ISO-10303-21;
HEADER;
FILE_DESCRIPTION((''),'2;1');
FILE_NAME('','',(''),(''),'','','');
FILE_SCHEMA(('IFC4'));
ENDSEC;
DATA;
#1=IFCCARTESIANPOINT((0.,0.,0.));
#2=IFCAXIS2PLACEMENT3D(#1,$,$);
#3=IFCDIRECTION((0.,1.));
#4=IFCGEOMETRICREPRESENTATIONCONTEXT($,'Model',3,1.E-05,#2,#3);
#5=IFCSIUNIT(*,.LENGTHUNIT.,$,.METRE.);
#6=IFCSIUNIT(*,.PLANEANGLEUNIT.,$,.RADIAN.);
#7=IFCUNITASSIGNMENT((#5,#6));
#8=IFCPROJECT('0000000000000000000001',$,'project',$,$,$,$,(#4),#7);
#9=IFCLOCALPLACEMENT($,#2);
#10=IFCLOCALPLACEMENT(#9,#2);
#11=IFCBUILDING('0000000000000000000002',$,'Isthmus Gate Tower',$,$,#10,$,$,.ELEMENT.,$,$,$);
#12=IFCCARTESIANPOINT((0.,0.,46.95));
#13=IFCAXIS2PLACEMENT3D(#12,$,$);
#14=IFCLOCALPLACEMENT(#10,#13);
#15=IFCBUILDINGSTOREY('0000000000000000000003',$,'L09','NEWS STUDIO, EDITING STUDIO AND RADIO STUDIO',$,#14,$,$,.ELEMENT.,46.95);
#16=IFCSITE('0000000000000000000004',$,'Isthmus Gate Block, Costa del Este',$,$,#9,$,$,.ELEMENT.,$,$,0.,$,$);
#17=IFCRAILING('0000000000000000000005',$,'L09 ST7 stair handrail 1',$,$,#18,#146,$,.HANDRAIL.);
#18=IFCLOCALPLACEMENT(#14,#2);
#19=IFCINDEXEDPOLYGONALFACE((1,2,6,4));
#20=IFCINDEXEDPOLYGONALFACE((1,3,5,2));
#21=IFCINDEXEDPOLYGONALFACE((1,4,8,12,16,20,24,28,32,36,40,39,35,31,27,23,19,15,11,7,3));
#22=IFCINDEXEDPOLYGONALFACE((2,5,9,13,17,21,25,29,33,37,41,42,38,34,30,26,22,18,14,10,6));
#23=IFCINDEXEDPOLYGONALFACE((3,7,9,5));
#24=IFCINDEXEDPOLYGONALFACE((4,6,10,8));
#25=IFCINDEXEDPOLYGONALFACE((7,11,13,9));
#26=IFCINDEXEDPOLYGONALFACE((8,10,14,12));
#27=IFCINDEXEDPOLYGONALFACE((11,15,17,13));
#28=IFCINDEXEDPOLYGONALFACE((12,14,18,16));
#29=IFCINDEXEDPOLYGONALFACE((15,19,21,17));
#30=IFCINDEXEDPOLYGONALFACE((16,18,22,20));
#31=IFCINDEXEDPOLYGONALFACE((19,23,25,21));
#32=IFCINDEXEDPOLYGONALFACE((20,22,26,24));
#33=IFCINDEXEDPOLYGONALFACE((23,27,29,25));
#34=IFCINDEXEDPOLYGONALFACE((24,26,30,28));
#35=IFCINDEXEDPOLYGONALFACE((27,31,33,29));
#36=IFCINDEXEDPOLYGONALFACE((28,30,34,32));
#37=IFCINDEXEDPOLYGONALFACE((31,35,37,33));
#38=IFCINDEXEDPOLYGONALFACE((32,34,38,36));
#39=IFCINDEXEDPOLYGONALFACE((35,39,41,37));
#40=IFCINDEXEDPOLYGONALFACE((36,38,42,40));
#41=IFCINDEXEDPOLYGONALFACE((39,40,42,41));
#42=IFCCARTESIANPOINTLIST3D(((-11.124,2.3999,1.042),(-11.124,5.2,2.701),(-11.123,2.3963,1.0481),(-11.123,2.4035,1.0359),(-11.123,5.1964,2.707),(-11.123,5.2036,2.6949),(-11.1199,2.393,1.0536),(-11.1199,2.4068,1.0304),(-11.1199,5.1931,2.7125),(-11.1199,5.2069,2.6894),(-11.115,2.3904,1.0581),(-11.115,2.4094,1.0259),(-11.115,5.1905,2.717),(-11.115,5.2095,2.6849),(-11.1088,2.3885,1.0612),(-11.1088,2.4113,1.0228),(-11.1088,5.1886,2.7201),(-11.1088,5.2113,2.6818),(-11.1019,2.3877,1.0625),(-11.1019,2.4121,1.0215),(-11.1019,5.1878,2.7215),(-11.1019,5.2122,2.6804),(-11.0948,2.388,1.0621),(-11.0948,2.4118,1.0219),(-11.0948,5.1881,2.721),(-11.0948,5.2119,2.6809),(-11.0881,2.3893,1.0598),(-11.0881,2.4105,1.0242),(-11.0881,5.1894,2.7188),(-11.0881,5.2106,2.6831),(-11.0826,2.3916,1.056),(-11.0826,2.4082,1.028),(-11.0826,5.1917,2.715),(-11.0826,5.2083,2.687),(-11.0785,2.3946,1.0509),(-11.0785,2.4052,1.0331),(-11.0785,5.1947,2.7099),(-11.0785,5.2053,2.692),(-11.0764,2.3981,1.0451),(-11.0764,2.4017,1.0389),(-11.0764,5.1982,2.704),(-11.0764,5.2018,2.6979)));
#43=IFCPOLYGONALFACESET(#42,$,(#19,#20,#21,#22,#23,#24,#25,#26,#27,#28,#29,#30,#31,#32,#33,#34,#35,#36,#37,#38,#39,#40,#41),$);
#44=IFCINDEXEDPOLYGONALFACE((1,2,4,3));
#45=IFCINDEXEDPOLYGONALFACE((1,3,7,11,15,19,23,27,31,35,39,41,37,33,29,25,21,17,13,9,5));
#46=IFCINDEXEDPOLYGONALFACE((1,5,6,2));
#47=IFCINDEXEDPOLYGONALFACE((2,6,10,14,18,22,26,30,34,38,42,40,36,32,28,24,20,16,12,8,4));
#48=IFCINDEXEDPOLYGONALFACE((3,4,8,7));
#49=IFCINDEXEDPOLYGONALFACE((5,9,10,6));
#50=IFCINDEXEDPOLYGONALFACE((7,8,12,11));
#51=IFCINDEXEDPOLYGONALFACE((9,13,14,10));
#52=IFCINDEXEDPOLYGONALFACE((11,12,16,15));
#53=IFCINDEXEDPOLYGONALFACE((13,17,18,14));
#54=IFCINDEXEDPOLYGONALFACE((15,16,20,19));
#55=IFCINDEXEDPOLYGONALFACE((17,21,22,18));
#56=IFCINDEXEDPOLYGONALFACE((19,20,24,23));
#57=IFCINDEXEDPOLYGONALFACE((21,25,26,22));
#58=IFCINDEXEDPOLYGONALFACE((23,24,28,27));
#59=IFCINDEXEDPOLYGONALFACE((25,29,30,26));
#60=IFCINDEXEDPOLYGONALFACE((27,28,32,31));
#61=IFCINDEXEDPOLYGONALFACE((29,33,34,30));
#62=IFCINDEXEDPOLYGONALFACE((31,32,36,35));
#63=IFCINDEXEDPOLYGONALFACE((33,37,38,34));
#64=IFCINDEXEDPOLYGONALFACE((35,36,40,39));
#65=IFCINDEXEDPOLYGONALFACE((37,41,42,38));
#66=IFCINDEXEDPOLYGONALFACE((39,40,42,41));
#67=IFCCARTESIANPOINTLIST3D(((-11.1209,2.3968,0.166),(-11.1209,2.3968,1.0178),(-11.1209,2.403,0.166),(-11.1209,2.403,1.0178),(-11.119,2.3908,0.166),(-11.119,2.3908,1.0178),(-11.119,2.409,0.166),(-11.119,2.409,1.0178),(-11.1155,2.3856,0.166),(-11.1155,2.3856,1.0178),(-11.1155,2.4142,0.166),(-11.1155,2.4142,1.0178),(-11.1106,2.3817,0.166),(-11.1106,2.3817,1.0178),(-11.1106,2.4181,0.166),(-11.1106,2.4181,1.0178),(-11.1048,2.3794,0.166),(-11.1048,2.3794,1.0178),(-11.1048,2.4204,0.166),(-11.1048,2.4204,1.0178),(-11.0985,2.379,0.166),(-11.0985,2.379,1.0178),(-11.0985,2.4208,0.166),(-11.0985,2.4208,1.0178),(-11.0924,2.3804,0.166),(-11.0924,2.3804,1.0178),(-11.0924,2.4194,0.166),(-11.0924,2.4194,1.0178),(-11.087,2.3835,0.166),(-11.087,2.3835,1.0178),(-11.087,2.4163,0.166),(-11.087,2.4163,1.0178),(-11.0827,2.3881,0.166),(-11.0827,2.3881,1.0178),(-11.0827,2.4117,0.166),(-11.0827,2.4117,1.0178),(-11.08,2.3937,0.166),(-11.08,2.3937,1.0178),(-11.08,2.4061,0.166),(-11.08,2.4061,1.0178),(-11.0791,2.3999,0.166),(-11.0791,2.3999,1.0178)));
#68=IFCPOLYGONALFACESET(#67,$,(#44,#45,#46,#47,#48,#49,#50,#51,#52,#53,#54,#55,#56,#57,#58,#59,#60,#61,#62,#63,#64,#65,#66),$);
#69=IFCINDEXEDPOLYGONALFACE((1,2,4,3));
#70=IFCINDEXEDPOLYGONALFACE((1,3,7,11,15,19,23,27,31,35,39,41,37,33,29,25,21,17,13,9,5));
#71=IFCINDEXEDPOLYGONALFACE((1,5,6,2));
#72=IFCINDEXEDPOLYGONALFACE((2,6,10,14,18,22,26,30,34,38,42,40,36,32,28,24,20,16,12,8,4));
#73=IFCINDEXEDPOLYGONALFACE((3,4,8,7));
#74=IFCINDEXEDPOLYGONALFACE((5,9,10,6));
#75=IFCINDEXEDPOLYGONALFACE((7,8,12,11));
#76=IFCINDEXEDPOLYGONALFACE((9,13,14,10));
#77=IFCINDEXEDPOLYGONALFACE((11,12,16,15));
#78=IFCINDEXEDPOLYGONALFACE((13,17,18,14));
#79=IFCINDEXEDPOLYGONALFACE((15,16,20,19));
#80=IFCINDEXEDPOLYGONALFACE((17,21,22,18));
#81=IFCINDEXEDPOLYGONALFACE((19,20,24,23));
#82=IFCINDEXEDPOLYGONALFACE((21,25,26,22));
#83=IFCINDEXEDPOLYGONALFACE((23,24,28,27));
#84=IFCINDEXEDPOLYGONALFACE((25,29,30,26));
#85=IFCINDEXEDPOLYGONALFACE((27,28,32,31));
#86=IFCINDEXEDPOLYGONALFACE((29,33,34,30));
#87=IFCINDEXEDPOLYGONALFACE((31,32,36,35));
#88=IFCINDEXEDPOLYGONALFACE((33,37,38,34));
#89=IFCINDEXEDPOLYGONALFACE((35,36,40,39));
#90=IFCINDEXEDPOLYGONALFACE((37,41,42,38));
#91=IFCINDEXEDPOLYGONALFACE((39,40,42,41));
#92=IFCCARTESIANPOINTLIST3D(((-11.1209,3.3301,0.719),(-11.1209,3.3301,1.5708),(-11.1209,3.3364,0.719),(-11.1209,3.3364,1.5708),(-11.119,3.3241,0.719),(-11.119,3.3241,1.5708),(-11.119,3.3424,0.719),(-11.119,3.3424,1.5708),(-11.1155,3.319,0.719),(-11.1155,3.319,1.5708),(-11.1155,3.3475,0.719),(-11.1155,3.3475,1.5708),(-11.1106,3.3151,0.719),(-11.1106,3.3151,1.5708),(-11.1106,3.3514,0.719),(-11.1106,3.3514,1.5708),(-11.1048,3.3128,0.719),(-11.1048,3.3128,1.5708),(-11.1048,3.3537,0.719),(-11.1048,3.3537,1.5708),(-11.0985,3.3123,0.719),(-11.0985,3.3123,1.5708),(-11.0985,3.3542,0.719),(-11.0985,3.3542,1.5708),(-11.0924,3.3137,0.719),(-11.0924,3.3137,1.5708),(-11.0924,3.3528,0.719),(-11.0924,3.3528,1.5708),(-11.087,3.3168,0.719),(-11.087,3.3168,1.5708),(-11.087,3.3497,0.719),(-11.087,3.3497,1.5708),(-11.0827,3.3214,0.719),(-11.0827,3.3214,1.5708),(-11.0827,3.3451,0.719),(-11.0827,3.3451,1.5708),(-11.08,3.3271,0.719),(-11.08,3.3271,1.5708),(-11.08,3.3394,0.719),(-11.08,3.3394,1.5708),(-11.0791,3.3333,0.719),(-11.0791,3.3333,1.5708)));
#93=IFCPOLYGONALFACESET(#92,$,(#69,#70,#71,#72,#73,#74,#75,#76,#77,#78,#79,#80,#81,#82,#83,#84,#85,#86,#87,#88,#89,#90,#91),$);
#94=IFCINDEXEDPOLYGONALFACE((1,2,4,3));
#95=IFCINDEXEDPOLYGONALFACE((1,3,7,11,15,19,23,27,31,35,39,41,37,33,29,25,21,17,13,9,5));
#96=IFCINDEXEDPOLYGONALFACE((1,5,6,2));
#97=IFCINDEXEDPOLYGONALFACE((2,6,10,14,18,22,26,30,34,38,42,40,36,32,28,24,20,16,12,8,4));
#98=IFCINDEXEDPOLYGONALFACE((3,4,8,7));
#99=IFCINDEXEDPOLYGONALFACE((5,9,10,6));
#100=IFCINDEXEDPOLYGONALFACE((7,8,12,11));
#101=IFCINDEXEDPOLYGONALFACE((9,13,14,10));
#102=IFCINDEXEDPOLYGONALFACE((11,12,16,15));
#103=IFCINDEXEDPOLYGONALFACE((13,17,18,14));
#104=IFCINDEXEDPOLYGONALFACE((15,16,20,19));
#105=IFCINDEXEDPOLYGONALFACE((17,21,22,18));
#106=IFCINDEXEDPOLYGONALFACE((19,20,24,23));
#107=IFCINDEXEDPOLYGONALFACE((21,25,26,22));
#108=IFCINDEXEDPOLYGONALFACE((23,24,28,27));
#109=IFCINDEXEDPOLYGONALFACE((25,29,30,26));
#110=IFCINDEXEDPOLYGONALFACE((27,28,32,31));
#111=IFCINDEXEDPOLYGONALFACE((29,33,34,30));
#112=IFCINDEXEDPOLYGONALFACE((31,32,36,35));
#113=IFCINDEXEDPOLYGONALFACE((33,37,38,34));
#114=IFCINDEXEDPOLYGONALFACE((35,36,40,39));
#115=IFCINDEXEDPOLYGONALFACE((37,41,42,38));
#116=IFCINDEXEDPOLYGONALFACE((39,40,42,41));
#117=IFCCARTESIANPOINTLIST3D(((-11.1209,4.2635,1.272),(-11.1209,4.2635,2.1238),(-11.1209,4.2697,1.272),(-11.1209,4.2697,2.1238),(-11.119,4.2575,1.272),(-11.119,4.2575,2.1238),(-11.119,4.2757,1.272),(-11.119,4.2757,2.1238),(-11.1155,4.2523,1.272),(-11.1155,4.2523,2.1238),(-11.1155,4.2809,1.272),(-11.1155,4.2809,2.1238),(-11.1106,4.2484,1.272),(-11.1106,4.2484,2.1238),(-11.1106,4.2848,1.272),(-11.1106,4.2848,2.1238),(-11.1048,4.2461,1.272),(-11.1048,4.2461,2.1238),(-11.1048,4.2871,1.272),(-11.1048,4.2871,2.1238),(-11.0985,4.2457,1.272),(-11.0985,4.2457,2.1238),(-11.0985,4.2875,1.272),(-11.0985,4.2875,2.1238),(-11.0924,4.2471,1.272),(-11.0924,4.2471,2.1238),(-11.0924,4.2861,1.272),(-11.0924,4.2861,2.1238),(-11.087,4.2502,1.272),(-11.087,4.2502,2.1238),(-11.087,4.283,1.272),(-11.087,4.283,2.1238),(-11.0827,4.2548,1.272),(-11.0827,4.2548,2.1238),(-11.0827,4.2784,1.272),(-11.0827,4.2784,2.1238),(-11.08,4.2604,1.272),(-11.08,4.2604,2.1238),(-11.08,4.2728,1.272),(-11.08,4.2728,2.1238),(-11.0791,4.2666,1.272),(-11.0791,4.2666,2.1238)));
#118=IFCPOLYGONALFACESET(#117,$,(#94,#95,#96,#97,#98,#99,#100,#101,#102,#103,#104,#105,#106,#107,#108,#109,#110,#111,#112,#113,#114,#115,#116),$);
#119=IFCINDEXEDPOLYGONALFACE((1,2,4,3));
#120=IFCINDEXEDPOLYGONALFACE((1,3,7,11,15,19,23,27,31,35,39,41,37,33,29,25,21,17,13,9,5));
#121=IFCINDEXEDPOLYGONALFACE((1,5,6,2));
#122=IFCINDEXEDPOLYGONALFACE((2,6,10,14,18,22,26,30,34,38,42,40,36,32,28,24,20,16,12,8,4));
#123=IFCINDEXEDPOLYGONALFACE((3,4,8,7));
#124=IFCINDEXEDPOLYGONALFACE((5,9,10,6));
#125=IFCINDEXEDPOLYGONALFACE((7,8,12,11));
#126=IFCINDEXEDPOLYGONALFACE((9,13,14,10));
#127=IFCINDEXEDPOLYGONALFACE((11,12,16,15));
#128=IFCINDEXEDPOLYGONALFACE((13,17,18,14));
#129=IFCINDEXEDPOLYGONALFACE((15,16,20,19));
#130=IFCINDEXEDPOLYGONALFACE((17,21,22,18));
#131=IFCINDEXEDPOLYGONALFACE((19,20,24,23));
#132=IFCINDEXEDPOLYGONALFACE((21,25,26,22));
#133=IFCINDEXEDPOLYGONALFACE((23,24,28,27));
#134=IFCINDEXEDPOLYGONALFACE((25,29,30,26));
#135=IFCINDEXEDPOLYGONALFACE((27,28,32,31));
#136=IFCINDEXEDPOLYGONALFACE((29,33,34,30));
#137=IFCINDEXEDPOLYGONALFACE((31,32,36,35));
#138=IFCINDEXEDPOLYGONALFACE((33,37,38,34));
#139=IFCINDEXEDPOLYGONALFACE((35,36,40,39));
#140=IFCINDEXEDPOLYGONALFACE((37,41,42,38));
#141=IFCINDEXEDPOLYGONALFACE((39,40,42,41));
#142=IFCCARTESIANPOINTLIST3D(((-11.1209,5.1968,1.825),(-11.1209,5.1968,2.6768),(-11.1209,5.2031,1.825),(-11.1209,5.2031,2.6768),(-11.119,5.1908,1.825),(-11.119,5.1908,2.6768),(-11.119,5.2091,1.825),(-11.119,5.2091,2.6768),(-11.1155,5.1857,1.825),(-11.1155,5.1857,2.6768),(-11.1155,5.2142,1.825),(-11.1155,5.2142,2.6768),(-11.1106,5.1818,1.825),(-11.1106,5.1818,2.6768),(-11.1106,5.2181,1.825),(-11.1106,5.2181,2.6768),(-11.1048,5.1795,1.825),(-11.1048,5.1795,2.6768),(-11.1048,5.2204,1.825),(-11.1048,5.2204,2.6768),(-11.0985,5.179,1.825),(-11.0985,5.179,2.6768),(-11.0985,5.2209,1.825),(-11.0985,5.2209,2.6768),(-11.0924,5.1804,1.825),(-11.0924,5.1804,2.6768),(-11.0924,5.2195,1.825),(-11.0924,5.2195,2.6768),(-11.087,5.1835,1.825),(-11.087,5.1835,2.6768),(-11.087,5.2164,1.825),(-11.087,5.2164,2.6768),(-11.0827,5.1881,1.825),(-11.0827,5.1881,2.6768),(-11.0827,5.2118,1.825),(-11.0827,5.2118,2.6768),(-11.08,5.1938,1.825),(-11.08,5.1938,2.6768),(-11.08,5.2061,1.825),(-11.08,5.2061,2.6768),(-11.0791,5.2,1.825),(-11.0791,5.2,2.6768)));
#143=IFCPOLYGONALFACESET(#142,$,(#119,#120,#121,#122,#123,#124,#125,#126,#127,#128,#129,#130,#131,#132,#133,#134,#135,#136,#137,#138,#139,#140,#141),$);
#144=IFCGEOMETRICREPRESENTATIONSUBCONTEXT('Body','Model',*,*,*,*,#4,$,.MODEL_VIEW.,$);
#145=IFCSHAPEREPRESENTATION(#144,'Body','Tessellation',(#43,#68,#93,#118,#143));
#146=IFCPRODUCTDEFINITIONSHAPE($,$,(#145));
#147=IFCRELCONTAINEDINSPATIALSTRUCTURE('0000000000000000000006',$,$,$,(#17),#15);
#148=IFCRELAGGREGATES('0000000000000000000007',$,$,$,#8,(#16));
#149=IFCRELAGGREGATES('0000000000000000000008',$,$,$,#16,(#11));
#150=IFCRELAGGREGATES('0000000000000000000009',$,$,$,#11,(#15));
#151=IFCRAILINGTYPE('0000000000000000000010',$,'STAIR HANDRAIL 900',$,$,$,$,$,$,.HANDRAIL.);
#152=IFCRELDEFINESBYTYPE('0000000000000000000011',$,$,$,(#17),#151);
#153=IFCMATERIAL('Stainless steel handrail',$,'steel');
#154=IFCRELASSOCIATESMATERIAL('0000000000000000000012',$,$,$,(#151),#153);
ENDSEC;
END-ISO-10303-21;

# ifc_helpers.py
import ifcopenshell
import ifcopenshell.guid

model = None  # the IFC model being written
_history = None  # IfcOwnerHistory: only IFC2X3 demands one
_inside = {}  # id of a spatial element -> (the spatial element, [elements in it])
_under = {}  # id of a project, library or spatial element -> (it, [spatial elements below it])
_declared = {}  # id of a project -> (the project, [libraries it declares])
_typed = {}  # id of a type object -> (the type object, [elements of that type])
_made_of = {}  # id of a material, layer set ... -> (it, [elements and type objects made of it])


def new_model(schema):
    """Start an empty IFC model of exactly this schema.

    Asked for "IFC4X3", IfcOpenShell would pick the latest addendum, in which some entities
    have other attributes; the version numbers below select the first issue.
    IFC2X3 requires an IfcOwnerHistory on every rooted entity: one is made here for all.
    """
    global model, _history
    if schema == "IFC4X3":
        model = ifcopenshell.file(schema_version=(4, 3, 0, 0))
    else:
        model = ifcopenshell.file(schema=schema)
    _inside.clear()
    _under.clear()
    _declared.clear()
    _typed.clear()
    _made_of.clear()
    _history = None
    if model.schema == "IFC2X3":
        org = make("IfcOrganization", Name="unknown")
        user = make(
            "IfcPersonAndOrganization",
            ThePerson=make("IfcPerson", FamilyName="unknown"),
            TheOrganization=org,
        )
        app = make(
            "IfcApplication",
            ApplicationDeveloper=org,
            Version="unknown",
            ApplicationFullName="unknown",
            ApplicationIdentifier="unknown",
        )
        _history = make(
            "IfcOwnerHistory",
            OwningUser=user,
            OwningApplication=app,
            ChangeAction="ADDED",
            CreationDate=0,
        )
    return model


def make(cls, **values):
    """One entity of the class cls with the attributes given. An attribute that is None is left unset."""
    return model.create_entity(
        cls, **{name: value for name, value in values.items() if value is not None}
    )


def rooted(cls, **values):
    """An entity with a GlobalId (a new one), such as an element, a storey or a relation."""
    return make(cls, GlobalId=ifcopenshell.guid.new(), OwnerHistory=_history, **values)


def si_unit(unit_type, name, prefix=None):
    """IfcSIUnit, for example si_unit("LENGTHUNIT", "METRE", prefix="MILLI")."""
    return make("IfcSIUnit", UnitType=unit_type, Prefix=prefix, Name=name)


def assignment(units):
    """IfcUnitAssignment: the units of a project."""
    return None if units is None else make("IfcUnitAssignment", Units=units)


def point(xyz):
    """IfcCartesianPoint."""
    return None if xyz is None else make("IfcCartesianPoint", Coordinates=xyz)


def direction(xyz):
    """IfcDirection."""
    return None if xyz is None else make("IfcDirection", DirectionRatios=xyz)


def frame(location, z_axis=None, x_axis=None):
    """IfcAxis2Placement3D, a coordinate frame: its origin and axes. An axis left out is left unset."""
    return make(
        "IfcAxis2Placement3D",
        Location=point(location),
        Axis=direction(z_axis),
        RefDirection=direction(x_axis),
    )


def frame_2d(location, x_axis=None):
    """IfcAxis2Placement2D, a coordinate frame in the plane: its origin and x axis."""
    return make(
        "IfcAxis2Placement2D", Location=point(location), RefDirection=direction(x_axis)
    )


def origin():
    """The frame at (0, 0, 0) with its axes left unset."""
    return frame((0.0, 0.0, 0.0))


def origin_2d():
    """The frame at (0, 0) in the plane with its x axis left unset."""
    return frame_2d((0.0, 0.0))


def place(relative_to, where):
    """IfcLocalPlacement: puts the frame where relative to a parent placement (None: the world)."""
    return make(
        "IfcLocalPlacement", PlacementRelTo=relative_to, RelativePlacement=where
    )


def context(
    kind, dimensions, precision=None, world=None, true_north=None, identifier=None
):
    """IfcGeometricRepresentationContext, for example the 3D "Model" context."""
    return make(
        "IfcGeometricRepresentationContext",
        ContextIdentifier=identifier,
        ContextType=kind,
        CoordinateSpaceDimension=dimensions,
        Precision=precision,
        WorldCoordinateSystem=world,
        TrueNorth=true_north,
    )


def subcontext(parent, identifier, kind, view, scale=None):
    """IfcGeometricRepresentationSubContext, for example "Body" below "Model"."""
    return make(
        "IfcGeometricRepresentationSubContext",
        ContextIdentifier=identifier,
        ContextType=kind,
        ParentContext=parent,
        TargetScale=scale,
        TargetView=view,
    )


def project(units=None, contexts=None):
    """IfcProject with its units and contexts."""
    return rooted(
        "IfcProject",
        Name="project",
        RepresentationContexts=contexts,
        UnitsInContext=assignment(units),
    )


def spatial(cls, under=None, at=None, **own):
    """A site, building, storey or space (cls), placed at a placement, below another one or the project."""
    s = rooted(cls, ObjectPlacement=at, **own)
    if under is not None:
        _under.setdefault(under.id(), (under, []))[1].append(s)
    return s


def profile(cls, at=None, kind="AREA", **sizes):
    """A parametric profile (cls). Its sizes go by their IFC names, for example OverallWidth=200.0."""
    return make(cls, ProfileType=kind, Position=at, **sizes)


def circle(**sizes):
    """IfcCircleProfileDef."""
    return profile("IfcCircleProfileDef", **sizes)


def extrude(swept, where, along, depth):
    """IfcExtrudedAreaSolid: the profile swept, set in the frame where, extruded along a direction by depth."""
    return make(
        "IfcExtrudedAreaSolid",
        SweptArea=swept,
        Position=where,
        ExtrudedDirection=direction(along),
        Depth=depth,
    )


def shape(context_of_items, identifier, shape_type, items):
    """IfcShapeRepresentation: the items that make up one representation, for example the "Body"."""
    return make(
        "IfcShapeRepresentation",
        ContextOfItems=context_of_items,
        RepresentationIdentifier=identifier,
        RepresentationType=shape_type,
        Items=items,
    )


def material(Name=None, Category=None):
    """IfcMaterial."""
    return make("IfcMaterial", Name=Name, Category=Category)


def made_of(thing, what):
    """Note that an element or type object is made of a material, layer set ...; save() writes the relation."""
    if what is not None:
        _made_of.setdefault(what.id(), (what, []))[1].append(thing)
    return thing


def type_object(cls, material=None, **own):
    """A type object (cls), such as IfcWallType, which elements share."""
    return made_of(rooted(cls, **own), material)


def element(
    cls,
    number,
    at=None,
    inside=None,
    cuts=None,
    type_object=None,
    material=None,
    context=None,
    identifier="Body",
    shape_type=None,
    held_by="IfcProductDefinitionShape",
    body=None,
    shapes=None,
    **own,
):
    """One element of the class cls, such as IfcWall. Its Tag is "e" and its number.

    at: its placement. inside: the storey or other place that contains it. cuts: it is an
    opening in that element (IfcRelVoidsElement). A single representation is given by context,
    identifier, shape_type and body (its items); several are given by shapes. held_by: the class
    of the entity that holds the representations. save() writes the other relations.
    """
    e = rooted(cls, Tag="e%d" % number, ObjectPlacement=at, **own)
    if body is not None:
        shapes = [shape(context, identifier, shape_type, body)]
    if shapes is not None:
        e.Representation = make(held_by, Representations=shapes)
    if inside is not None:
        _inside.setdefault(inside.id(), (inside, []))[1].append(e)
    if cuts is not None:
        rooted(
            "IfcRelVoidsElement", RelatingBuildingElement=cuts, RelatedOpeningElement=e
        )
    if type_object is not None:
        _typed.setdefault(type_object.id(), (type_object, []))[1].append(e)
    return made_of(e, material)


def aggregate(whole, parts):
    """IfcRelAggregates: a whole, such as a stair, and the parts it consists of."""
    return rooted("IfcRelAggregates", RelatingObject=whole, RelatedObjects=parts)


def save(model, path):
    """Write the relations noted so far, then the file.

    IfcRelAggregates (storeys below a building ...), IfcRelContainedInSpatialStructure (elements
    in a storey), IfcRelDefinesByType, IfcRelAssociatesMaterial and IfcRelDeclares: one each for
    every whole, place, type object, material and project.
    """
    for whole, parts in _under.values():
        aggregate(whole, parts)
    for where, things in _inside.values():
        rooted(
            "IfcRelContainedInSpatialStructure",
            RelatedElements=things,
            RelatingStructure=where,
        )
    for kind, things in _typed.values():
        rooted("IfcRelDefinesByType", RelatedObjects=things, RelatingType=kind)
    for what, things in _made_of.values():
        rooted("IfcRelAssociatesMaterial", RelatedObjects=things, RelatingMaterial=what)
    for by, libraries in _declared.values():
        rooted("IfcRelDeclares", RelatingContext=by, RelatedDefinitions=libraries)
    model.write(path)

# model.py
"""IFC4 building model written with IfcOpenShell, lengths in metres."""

from ifc_helpers import new_model, si_unit, direction, frame, origin, origin_2d, place, context, subcontext, project, spatial, circle, extrude, material, type_object, element, save


model = new_model("IFC4")

# Units and contexts
model_context = context("Model", 3, precision=1e-05, world=origin(), true_north=direction((0.0, 1.0)))
body_context = subcontext(model_context, "Body", "Model", "MODEL_VIEW")
ifc_project = project(units=[si_unit("LENGTHUNIT", "METRE"), si_unit("PLANEANGLEUNIT", "RADIAN")], contexts=[model_context])

# Site, building, storey
site_placement = place(None, origin())
site = spatial("IfcSite", under=ifc_project, at=site_placement, Name="Isthmus Gate Block, Costa del Este", CompositionType="ELEMENT", RefElevation=0.0)
building_placement = place(site_placement, origin())
building = spatial("IfcBuilding", under=site, at=building_placement, Name="Isthmus Gate Tower", CompositionType="ELEMENT")
storey_placement = place(building_placement, frame((0.0, 0.0, 46.95)))
storey = spatial("IfcBuildingStorey", under=building, at=storey_placement, Name="L09", Description="NEWS STUDIO, EDITING STUDIO AND RADIO STUDIO", CompositionType="ELEMENT", Elevation=46.95)

# Railing
ifc_material_1 = material(Name="Stainless steel handrail", Category="steel")
railing_type_1 = type_object("IfcRailingType", Name="STAIR HANDRAIL 900", PredefinedType="HANDRAIL", material=ifc_material_1)
railing_1_placement = place(storey_placement, frame((-11.1001, 2.3999, 0.166)))
element("IfcRailing", 1, at=railing_1_placement, inside=storey, type_object=railing_type_1, Name="L09 ST7 stair handrail 1", PredefinedType="HANDRAIL", context=body_context, shape_type="SweptSolid", body=[
    extrude(circle(Radius=0.0239, at=origin_2d()), frame((0.0, 0.0, 0.876), z_axis=(0.0, 0.860339, 0.509722), x_axis=(-1.0, 0.0, 0.0)), (0.0, 0.0, 1.0), 3.2546),
    extrude(circle(Radius=0.021, at=origin_2d()), origin(), (0.0, 0.0, 1.0), 0.8518),
    extrude(circle(Radius=0.021, at=origin_2d()), frame((0.0, 0.9333, 0.553)), (0.0, 0.0, 1.0), 0.8518),
    extrude(circle(Radius=0.021, at=origin_2d()), frame((0.0, 1.8667, 1.106)), (0.0, 0.0, 1.0), 0.8518),
    extrude(circle(Radius=0.021, at=origin_2d()), frame((0.0, 2.8, 1.6589)), (0.0, 0.0, 1.0), 0.8518),
])

save(model, "model.ifc")
